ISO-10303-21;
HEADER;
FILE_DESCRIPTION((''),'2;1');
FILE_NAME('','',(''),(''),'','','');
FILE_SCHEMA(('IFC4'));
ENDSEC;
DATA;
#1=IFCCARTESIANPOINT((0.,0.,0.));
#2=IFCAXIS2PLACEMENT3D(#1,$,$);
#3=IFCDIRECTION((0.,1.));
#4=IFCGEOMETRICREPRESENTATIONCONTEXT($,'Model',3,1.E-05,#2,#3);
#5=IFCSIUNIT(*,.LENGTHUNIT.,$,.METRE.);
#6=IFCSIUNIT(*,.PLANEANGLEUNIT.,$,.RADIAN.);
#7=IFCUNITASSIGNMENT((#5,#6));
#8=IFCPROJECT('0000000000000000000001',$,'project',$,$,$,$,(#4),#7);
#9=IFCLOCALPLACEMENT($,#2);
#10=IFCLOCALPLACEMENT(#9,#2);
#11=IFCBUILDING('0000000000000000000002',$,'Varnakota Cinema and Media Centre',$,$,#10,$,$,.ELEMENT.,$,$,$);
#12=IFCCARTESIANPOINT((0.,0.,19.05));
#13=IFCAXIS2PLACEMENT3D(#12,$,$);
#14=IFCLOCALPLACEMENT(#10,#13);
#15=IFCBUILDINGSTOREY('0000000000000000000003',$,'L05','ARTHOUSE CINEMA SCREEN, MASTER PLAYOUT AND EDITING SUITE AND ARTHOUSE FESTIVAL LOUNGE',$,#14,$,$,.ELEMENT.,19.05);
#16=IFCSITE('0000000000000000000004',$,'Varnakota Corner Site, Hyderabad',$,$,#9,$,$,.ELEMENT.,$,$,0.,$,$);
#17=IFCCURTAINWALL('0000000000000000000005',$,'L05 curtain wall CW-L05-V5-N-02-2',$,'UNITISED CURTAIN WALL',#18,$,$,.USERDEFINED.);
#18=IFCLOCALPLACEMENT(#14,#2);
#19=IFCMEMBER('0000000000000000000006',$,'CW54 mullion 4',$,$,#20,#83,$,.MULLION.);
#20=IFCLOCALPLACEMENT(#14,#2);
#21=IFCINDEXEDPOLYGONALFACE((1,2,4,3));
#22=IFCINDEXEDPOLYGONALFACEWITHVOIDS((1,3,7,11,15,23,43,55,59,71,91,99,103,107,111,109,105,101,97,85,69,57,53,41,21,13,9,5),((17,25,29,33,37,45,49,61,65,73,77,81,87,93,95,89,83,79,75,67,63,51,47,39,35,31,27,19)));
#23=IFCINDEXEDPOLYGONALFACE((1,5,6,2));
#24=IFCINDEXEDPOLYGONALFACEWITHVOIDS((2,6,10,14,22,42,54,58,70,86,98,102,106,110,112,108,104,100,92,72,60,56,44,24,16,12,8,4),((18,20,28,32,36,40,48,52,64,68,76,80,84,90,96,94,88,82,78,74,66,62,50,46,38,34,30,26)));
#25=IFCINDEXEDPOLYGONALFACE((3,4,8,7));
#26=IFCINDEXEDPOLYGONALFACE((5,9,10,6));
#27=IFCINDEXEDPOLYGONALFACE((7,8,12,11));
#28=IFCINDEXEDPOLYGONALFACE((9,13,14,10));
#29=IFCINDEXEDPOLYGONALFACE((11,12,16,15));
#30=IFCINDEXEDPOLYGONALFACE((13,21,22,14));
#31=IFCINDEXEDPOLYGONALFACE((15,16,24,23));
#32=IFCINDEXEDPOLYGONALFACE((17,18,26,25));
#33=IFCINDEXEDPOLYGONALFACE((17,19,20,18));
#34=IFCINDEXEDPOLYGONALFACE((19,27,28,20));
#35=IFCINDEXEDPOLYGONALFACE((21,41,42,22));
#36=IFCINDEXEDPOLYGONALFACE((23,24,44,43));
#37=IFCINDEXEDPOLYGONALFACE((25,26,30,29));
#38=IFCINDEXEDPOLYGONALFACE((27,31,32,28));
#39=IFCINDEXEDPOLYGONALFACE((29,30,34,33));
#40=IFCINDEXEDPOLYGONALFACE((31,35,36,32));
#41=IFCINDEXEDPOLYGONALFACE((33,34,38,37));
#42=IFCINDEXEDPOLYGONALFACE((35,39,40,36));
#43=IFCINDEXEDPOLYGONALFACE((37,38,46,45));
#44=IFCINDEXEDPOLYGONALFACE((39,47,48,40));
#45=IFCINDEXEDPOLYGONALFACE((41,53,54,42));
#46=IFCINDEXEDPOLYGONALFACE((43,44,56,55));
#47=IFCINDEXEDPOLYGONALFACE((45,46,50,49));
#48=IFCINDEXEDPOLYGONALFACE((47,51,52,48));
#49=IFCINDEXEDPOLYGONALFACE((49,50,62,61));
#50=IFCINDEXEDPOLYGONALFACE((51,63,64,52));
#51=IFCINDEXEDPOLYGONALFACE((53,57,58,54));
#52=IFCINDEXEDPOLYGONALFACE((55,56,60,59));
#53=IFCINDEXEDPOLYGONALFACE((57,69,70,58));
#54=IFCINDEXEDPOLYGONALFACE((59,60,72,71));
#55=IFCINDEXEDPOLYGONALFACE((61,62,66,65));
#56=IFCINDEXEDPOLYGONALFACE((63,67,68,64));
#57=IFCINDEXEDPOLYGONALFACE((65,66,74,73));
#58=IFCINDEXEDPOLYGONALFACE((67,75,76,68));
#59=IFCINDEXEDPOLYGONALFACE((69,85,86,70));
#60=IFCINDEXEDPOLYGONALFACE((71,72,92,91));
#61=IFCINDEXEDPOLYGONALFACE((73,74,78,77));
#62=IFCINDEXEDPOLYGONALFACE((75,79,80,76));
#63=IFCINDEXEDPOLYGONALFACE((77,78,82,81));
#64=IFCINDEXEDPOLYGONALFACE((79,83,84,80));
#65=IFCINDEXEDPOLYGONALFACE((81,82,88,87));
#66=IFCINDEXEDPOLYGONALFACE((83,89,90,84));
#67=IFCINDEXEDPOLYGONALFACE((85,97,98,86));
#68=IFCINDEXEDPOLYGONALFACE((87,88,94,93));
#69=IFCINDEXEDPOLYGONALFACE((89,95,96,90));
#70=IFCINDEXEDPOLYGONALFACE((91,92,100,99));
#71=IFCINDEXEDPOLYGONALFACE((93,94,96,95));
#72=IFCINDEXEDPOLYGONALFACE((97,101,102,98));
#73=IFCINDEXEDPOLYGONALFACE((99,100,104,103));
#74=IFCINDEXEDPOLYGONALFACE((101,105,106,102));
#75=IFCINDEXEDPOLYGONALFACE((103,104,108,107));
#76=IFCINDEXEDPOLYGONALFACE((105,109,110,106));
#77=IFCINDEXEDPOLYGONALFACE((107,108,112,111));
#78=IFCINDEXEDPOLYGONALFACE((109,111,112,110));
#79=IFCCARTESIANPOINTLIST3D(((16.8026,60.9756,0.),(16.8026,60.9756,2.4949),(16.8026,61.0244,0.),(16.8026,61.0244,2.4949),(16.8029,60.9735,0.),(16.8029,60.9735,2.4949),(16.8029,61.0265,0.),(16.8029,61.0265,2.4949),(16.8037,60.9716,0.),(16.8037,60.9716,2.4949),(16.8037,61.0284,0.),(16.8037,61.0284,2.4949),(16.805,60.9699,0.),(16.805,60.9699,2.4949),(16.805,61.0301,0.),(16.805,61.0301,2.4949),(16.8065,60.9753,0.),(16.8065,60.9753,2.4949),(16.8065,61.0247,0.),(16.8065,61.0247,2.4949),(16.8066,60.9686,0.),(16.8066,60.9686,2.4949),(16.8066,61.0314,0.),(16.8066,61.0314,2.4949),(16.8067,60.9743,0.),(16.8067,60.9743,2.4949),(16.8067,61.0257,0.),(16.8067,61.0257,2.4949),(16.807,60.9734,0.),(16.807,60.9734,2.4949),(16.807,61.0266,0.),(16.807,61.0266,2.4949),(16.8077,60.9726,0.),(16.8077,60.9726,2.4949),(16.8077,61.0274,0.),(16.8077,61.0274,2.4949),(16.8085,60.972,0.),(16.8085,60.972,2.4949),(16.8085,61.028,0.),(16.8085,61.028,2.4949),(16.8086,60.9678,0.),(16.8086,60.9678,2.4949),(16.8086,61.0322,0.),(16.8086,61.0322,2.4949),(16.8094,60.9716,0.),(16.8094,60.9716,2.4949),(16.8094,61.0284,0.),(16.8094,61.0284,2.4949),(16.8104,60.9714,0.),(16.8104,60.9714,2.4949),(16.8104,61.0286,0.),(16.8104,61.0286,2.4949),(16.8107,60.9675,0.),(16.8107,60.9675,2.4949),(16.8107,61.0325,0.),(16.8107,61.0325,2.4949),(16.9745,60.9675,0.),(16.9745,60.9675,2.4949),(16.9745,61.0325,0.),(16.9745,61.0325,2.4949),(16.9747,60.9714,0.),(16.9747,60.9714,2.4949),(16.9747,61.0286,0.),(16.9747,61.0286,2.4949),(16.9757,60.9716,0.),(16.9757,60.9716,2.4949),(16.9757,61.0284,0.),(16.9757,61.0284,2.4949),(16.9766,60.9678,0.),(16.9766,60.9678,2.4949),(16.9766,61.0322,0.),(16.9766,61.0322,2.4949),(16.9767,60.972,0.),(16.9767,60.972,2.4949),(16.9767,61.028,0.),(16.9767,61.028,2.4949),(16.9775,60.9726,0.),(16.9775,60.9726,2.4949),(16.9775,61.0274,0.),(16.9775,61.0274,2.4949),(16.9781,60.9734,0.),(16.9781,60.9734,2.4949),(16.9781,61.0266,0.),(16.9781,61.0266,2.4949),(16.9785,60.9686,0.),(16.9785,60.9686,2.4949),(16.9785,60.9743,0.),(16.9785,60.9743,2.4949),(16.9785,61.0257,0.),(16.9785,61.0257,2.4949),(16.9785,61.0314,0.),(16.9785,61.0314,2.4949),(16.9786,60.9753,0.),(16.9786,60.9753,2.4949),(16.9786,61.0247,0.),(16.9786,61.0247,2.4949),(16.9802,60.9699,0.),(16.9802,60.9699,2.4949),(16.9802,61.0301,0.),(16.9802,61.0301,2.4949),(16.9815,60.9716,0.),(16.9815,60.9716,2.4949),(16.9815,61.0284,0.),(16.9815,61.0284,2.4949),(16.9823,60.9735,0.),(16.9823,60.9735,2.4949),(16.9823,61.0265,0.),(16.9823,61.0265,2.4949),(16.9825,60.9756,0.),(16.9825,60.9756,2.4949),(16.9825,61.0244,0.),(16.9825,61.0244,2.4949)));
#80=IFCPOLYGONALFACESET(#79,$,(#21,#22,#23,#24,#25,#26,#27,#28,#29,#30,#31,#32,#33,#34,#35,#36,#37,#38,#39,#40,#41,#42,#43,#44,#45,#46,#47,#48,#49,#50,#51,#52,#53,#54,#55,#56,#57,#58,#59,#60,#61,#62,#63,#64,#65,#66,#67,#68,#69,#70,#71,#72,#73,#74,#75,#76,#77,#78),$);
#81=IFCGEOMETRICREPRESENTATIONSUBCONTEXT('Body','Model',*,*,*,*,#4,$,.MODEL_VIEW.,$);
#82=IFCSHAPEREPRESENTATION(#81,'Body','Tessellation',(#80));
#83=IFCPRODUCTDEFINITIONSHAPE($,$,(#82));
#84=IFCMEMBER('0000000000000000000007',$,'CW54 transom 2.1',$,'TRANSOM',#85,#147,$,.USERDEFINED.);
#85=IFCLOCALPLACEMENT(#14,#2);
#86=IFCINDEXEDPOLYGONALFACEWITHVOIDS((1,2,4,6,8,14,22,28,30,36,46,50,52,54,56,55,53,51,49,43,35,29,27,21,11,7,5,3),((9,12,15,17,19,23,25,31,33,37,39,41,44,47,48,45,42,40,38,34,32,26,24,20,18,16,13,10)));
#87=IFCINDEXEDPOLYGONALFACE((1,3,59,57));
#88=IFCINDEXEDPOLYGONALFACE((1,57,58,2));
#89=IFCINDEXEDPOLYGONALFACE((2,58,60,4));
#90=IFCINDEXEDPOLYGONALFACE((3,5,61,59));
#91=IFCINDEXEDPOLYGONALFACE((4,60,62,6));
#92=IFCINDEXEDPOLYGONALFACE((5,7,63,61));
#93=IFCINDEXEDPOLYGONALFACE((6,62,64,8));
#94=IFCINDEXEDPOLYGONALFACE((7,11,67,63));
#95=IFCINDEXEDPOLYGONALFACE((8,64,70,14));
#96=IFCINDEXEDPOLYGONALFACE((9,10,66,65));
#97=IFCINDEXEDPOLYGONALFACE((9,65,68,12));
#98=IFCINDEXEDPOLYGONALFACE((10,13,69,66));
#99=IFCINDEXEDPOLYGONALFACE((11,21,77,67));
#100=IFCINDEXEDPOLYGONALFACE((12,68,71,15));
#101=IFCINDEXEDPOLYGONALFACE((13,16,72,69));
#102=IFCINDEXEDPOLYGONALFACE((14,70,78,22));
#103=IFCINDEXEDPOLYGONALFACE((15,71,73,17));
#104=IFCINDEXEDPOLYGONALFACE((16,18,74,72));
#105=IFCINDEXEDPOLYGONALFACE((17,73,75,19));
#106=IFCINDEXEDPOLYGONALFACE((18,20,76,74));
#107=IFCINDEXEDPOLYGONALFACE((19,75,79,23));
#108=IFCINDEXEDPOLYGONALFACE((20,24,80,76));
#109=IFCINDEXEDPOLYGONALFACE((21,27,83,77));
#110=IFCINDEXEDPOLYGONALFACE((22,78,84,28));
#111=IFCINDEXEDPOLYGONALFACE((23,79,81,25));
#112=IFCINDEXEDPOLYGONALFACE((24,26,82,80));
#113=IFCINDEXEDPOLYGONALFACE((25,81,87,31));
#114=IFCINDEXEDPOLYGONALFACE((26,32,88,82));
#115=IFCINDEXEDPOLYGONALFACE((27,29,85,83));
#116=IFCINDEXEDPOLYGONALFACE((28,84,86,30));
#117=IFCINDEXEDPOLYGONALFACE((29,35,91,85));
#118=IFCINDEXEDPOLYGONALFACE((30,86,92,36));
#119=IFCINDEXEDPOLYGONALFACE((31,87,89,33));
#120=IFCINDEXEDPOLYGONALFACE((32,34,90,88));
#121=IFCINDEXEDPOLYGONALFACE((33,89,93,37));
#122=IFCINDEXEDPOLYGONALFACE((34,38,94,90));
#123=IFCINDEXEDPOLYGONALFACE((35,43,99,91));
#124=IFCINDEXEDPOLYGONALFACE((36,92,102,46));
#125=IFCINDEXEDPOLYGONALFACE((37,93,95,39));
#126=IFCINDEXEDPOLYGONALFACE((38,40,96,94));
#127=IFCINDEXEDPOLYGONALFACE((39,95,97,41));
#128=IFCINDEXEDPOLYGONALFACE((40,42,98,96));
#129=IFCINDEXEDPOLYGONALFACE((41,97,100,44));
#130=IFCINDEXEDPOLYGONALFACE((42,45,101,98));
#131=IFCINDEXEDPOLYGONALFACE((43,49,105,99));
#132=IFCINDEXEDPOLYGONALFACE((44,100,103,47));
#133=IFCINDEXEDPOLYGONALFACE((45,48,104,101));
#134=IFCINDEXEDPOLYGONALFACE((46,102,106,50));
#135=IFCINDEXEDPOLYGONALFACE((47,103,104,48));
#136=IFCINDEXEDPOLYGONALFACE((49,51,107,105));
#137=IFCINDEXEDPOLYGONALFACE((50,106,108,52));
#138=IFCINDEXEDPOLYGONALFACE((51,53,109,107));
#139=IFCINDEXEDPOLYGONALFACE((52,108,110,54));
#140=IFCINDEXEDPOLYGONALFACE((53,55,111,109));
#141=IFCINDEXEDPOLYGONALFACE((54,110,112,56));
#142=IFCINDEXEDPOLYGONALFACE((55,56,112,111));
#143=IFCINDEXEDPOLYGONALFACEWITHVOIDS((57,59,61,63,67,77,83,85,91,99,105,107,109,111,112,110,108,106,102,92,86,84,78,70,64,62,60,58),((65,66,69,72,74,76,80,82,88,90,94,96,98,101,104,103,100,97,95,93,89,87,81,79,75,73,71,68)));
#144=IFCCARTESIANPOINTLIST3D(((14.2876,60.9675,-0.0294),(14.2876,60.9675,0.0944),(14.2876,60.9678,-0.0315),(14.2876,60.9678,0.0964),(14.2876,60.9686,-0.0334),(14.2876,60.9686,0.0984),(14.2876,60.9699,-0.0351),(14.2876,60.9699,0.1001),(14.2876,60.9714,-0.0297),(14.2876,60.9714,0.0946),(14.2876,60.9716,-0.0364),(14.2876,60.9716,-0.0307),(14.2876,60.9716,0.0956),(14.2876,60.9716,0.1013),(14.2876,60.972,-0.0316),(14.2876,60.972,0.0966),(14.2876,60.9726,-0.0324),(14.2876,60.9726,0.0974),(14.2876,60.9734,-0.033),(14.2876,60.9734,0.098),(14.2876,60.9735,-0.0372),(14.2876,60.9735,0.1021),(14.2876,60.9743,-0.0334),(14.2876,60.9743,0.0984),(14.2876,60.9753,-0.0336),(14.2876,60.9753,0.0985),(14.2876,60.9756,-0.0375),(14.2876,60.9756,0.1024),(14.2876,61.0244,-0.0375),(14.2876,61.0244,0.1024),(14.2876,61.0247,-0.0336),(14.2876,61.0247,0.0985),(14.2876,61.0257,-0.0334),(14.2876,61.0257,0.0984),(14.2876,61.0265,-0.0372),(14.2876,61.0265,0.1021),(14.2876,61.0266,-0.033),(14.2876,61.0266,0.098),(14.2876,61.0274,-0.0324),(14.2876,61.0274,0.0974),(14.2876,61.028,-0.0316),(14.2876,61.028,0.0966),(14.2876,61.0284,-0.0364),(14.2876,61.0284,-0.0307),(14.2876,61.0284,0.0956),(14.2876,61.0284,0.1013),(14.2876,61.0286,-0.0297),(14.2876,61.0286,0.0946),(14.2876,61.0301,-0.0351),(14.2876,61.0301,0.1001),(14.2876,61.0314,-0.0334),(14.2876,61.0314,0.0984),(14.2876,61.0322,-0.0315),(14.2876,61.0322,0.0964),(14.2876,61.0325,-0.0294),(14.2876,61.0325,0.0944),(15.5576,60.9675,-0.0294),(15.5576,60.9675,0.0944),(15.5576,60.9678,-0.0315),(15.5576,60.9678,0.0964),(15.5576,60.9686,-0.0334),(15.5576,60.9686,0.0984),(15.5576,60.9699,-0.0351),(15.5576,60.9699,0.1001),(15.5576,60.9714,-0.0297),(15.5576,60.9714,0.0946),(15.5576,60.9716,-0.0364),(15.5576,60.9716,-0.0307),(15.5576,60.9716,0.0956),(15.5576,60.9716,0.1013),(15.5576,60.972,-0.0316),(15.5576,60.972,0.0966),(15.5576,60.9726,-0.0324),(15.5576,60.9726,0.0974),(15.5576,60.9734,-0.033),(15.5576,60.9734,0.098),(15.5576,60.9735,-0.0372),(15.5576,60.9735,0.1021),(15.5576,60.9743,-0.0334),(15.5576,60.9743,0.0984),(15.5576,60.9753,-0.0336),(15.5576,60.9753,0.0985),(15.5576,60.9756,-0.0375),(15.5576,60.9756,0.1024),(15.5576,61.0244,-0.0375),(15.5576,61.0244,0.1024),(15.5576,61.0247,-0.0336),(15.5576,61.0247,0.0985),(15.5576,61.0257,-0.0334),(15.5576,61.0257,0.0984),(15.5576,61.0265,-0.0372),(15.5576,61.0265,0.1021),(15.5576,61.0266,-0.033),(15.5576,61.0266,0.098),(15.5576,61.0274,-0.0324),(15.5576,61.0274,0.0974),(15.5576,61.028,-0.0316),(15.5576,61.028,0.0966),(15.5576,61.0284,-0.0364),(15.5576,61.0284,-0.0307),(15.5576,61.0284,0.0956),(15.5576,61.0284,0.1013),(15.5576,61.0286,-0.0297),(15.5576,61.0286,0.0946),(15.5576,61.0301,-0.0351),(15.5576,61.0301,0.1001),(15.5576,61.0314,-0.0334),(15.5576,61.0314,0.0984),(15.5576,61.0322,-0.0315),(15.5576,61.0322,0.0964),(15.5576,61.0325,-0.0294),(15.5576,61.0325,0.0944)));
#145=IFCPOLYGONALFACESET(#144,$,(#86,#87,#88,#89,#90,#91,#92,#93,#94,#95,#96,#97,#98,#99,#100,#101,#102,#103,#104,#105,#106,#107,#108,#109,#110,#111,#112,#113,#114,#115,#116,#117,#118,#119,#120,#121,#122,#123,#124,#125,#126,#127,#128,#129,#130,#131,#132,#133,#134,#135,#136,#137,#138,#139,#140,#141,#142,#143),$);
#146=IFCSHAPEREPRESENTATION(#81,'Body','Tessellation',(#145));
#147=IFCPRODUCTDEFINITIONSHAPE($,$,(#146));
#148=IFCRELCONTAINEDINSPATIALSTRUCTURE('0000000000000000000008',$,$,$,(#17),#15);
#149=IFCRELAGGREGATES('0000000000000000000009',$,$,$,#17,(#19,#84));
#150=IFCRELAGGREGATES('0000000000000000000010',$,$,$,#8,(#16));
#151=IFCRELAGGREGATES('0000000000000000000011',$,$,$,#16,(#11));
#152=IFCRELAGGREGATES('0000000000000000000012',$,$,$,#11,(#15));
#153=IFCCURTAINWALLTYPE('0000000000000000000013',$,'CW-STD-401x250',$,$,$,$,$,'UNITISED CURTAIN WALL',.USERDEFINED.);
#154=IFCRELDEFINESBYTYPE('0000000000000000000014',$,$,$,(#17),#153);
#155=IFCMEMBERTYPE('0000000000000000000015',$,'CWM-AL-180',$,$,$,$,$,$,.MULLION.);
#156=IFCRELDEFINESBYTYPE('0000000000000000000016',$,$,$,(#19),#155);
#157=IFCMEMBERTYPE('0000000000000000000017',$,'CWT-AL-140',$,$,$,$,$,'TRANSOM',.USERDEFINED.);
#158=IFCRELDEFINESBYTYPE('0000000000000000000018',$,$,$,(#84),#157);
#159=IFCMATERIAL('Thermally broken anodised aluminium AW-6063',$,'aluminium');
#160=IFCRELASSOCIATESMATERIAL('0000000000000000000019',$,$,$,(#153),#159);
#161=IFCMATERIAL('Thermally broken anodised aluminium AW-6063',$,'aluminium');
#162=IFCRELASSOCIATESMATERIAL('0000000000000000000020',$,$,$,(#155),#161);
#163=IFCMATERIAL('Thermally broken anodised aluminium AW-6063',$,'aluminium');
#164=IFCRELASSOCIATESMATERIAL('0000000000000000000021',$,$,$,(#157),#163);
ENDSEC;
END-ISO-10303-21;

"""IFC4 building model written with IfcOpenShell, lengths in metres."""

from ifc_helpers import new_model, si_unit, direction, frame, origin, origin_2d, place, context, subcontext, project, spatial, hollow_rectangle, extrude, material, material_profile, profile_set, type_object, element, aggregate, save


model = new_model("IFC4")

# Units and contexts
model_context = context("Model", 3, precision=1e-05, world=origin(), true_north=direction((0.0, 1.0)))
body_context = subcontext(model_context, "Body", "Model", "MODEL_VIEW")
ifc_project = project(units=[si_unit("LENGTHUNIT", "METRE"), si_unit("PLANEANGLEUNIT", "RADIAN")], contexts=[model_context])

# Site, building, storey
site_placement = place(None, origin())
site = spatial("IfcSite", under=ifc_project, at=site_placement, Name="Varnakota Corner Site, Hyderabad", CompositionType="ELEMENT", RefElevation=0.0)
building_placement = place(site_placement, origin())
building = spatial("IfcBuilding", under=site, at=building_placement, Name="Varnakota Cinema and Media Centre", CompositionType="ELEMENT")
storey_placement = place(building_placement, frame((0.0, 0.0, 19.05)))
storey = spatial("IfcBuildingStorey", under=building, at=storey_placement, Name="L05", Description="ARTHOUSE CINEMA SCREEN, MASTER PLAYOUT AND EDITING SUITE AND ARTHOUSE FESTIVAL LOUNGE", CompositionType="ELEMENT", Elevation=19.05)

# Curtain wall, members
ifc_material_1 = material(Name="Thermally broken anodised aluminium AW-6063", Category="aluminium")
curtain_wall_type = type_object("IfcCurtainWallType", Name="CW-STD-401x250", ElementType="UNITISED CURTAIN WALL", PredefinedType="USERDEFINED", material=ifc_material_1)
curtain_wall_placement = place(storey_placement, origin())
curtain_wall = element("IfcCurtainWall", 1, at=curtain_wall_placement, inside=storey, type_object=curtain_wall_type, Name="L05 curtain wall CW-L05-V5-N-02-2", ObjectType="UNITISED CURTAIN WALL", PredefinedType="USERDEFINED")
ifc_material_2 = material(Name="Thermally broken anodised aluminium AW-6063", Category="aluminium")
ifc_material_profile_1 = material_profile(ifc_material_2, hollow_rectangle(XDim=0.0649, YDim=0.1799, WallThickness=0.0039, InnerFilletRadius=0.0039, OuterFilletRadius=0.0081, at=origin_2d()), Name="AL-MULLION 180x65x4")
ifc_profile_set_1 = profile_set([ifc_material_profile_1], Name="Thermally broken anodised aluminium AW-6063")
member_type_1 = type_object("IfcMemberType", Name="CWM-AL-180", PredefinedType="MULLION", material=ifc_profile_set_1)
member_1_placement = place(storey_placement, frame((16.8926, 61.0, 0.0), z_axis=(0.0, 0.0, 1.0), x_axis=(0.0, 1.0, 0.0)))
member_1 = element("IfcMember", 2, at=member_1_placement, type_object=member_type_1, Name="CW54 mullion 4", PredefinedType="MULLION", context=body_context, shape_type="SweptSolid", body=[
    extrude(hollow_rectangle(XDim=0.0649, YDim=0.1799, WallThickness=0.0039, InnerFilletRadius=0.0039, OuterFilletRadius=0.0081, at=origin_2d()), origin(), (0.0, 0.0, 1.0), 2.4949),
])
ifc_material_3 = material(Name="Thermally broken anodised aluminium AW-6063", Category="aluminium")
ifc_material_profile_2 = material_profile(ifc_material_3, hollow_rectangle(XDim=0.0649, YDim=0.1399, WallThickness=0.0039, InnerFilletRadius=0.0039, OuterFilletRadius=0.0081, at=origin_2d()), Name="AL-TRANSOM 140x65x4")
ifc_profile_set_2 = profile_set([ifc_material_profile_2], Name="Thermally broken anodised aluminium AW-6063")
member_type_2 = type_object("IfcMemberType", Name="CWT-AL-140", ElementType="TRANSOM", PredefinedType="USERDEFINED", material=ifc_profile_set_2)
member_2_placement = place(storey_placement, frame((14.2876, 61.0, 0.0325), z_axis=(1.0, 0.0, 0.0), x_axis=(0.0, 1.0, 0.0)))
member_2 = element("IfcMember", 3, at=member_2_placement, type_object=member_type_2, Name="CW54 transom 2.1", ObjectType="TRANSOM", PredefinedType="USERDEFINED", context=body_context, shape_type="SweptSolid", body=[
    extrude(hollow_rectangle(XDim=0.0649, YDim=0.1399, WallThickness=0.0039, InnerFilletRadius=0.0039, OuterFilletRadius=0.0081, at=origin_2d()), origin(), (0.0, 0.0, 1.0), 1.27),
])
aggregate(curtain_wall, [member_1, member_2])

save(model, "model.ifc")
